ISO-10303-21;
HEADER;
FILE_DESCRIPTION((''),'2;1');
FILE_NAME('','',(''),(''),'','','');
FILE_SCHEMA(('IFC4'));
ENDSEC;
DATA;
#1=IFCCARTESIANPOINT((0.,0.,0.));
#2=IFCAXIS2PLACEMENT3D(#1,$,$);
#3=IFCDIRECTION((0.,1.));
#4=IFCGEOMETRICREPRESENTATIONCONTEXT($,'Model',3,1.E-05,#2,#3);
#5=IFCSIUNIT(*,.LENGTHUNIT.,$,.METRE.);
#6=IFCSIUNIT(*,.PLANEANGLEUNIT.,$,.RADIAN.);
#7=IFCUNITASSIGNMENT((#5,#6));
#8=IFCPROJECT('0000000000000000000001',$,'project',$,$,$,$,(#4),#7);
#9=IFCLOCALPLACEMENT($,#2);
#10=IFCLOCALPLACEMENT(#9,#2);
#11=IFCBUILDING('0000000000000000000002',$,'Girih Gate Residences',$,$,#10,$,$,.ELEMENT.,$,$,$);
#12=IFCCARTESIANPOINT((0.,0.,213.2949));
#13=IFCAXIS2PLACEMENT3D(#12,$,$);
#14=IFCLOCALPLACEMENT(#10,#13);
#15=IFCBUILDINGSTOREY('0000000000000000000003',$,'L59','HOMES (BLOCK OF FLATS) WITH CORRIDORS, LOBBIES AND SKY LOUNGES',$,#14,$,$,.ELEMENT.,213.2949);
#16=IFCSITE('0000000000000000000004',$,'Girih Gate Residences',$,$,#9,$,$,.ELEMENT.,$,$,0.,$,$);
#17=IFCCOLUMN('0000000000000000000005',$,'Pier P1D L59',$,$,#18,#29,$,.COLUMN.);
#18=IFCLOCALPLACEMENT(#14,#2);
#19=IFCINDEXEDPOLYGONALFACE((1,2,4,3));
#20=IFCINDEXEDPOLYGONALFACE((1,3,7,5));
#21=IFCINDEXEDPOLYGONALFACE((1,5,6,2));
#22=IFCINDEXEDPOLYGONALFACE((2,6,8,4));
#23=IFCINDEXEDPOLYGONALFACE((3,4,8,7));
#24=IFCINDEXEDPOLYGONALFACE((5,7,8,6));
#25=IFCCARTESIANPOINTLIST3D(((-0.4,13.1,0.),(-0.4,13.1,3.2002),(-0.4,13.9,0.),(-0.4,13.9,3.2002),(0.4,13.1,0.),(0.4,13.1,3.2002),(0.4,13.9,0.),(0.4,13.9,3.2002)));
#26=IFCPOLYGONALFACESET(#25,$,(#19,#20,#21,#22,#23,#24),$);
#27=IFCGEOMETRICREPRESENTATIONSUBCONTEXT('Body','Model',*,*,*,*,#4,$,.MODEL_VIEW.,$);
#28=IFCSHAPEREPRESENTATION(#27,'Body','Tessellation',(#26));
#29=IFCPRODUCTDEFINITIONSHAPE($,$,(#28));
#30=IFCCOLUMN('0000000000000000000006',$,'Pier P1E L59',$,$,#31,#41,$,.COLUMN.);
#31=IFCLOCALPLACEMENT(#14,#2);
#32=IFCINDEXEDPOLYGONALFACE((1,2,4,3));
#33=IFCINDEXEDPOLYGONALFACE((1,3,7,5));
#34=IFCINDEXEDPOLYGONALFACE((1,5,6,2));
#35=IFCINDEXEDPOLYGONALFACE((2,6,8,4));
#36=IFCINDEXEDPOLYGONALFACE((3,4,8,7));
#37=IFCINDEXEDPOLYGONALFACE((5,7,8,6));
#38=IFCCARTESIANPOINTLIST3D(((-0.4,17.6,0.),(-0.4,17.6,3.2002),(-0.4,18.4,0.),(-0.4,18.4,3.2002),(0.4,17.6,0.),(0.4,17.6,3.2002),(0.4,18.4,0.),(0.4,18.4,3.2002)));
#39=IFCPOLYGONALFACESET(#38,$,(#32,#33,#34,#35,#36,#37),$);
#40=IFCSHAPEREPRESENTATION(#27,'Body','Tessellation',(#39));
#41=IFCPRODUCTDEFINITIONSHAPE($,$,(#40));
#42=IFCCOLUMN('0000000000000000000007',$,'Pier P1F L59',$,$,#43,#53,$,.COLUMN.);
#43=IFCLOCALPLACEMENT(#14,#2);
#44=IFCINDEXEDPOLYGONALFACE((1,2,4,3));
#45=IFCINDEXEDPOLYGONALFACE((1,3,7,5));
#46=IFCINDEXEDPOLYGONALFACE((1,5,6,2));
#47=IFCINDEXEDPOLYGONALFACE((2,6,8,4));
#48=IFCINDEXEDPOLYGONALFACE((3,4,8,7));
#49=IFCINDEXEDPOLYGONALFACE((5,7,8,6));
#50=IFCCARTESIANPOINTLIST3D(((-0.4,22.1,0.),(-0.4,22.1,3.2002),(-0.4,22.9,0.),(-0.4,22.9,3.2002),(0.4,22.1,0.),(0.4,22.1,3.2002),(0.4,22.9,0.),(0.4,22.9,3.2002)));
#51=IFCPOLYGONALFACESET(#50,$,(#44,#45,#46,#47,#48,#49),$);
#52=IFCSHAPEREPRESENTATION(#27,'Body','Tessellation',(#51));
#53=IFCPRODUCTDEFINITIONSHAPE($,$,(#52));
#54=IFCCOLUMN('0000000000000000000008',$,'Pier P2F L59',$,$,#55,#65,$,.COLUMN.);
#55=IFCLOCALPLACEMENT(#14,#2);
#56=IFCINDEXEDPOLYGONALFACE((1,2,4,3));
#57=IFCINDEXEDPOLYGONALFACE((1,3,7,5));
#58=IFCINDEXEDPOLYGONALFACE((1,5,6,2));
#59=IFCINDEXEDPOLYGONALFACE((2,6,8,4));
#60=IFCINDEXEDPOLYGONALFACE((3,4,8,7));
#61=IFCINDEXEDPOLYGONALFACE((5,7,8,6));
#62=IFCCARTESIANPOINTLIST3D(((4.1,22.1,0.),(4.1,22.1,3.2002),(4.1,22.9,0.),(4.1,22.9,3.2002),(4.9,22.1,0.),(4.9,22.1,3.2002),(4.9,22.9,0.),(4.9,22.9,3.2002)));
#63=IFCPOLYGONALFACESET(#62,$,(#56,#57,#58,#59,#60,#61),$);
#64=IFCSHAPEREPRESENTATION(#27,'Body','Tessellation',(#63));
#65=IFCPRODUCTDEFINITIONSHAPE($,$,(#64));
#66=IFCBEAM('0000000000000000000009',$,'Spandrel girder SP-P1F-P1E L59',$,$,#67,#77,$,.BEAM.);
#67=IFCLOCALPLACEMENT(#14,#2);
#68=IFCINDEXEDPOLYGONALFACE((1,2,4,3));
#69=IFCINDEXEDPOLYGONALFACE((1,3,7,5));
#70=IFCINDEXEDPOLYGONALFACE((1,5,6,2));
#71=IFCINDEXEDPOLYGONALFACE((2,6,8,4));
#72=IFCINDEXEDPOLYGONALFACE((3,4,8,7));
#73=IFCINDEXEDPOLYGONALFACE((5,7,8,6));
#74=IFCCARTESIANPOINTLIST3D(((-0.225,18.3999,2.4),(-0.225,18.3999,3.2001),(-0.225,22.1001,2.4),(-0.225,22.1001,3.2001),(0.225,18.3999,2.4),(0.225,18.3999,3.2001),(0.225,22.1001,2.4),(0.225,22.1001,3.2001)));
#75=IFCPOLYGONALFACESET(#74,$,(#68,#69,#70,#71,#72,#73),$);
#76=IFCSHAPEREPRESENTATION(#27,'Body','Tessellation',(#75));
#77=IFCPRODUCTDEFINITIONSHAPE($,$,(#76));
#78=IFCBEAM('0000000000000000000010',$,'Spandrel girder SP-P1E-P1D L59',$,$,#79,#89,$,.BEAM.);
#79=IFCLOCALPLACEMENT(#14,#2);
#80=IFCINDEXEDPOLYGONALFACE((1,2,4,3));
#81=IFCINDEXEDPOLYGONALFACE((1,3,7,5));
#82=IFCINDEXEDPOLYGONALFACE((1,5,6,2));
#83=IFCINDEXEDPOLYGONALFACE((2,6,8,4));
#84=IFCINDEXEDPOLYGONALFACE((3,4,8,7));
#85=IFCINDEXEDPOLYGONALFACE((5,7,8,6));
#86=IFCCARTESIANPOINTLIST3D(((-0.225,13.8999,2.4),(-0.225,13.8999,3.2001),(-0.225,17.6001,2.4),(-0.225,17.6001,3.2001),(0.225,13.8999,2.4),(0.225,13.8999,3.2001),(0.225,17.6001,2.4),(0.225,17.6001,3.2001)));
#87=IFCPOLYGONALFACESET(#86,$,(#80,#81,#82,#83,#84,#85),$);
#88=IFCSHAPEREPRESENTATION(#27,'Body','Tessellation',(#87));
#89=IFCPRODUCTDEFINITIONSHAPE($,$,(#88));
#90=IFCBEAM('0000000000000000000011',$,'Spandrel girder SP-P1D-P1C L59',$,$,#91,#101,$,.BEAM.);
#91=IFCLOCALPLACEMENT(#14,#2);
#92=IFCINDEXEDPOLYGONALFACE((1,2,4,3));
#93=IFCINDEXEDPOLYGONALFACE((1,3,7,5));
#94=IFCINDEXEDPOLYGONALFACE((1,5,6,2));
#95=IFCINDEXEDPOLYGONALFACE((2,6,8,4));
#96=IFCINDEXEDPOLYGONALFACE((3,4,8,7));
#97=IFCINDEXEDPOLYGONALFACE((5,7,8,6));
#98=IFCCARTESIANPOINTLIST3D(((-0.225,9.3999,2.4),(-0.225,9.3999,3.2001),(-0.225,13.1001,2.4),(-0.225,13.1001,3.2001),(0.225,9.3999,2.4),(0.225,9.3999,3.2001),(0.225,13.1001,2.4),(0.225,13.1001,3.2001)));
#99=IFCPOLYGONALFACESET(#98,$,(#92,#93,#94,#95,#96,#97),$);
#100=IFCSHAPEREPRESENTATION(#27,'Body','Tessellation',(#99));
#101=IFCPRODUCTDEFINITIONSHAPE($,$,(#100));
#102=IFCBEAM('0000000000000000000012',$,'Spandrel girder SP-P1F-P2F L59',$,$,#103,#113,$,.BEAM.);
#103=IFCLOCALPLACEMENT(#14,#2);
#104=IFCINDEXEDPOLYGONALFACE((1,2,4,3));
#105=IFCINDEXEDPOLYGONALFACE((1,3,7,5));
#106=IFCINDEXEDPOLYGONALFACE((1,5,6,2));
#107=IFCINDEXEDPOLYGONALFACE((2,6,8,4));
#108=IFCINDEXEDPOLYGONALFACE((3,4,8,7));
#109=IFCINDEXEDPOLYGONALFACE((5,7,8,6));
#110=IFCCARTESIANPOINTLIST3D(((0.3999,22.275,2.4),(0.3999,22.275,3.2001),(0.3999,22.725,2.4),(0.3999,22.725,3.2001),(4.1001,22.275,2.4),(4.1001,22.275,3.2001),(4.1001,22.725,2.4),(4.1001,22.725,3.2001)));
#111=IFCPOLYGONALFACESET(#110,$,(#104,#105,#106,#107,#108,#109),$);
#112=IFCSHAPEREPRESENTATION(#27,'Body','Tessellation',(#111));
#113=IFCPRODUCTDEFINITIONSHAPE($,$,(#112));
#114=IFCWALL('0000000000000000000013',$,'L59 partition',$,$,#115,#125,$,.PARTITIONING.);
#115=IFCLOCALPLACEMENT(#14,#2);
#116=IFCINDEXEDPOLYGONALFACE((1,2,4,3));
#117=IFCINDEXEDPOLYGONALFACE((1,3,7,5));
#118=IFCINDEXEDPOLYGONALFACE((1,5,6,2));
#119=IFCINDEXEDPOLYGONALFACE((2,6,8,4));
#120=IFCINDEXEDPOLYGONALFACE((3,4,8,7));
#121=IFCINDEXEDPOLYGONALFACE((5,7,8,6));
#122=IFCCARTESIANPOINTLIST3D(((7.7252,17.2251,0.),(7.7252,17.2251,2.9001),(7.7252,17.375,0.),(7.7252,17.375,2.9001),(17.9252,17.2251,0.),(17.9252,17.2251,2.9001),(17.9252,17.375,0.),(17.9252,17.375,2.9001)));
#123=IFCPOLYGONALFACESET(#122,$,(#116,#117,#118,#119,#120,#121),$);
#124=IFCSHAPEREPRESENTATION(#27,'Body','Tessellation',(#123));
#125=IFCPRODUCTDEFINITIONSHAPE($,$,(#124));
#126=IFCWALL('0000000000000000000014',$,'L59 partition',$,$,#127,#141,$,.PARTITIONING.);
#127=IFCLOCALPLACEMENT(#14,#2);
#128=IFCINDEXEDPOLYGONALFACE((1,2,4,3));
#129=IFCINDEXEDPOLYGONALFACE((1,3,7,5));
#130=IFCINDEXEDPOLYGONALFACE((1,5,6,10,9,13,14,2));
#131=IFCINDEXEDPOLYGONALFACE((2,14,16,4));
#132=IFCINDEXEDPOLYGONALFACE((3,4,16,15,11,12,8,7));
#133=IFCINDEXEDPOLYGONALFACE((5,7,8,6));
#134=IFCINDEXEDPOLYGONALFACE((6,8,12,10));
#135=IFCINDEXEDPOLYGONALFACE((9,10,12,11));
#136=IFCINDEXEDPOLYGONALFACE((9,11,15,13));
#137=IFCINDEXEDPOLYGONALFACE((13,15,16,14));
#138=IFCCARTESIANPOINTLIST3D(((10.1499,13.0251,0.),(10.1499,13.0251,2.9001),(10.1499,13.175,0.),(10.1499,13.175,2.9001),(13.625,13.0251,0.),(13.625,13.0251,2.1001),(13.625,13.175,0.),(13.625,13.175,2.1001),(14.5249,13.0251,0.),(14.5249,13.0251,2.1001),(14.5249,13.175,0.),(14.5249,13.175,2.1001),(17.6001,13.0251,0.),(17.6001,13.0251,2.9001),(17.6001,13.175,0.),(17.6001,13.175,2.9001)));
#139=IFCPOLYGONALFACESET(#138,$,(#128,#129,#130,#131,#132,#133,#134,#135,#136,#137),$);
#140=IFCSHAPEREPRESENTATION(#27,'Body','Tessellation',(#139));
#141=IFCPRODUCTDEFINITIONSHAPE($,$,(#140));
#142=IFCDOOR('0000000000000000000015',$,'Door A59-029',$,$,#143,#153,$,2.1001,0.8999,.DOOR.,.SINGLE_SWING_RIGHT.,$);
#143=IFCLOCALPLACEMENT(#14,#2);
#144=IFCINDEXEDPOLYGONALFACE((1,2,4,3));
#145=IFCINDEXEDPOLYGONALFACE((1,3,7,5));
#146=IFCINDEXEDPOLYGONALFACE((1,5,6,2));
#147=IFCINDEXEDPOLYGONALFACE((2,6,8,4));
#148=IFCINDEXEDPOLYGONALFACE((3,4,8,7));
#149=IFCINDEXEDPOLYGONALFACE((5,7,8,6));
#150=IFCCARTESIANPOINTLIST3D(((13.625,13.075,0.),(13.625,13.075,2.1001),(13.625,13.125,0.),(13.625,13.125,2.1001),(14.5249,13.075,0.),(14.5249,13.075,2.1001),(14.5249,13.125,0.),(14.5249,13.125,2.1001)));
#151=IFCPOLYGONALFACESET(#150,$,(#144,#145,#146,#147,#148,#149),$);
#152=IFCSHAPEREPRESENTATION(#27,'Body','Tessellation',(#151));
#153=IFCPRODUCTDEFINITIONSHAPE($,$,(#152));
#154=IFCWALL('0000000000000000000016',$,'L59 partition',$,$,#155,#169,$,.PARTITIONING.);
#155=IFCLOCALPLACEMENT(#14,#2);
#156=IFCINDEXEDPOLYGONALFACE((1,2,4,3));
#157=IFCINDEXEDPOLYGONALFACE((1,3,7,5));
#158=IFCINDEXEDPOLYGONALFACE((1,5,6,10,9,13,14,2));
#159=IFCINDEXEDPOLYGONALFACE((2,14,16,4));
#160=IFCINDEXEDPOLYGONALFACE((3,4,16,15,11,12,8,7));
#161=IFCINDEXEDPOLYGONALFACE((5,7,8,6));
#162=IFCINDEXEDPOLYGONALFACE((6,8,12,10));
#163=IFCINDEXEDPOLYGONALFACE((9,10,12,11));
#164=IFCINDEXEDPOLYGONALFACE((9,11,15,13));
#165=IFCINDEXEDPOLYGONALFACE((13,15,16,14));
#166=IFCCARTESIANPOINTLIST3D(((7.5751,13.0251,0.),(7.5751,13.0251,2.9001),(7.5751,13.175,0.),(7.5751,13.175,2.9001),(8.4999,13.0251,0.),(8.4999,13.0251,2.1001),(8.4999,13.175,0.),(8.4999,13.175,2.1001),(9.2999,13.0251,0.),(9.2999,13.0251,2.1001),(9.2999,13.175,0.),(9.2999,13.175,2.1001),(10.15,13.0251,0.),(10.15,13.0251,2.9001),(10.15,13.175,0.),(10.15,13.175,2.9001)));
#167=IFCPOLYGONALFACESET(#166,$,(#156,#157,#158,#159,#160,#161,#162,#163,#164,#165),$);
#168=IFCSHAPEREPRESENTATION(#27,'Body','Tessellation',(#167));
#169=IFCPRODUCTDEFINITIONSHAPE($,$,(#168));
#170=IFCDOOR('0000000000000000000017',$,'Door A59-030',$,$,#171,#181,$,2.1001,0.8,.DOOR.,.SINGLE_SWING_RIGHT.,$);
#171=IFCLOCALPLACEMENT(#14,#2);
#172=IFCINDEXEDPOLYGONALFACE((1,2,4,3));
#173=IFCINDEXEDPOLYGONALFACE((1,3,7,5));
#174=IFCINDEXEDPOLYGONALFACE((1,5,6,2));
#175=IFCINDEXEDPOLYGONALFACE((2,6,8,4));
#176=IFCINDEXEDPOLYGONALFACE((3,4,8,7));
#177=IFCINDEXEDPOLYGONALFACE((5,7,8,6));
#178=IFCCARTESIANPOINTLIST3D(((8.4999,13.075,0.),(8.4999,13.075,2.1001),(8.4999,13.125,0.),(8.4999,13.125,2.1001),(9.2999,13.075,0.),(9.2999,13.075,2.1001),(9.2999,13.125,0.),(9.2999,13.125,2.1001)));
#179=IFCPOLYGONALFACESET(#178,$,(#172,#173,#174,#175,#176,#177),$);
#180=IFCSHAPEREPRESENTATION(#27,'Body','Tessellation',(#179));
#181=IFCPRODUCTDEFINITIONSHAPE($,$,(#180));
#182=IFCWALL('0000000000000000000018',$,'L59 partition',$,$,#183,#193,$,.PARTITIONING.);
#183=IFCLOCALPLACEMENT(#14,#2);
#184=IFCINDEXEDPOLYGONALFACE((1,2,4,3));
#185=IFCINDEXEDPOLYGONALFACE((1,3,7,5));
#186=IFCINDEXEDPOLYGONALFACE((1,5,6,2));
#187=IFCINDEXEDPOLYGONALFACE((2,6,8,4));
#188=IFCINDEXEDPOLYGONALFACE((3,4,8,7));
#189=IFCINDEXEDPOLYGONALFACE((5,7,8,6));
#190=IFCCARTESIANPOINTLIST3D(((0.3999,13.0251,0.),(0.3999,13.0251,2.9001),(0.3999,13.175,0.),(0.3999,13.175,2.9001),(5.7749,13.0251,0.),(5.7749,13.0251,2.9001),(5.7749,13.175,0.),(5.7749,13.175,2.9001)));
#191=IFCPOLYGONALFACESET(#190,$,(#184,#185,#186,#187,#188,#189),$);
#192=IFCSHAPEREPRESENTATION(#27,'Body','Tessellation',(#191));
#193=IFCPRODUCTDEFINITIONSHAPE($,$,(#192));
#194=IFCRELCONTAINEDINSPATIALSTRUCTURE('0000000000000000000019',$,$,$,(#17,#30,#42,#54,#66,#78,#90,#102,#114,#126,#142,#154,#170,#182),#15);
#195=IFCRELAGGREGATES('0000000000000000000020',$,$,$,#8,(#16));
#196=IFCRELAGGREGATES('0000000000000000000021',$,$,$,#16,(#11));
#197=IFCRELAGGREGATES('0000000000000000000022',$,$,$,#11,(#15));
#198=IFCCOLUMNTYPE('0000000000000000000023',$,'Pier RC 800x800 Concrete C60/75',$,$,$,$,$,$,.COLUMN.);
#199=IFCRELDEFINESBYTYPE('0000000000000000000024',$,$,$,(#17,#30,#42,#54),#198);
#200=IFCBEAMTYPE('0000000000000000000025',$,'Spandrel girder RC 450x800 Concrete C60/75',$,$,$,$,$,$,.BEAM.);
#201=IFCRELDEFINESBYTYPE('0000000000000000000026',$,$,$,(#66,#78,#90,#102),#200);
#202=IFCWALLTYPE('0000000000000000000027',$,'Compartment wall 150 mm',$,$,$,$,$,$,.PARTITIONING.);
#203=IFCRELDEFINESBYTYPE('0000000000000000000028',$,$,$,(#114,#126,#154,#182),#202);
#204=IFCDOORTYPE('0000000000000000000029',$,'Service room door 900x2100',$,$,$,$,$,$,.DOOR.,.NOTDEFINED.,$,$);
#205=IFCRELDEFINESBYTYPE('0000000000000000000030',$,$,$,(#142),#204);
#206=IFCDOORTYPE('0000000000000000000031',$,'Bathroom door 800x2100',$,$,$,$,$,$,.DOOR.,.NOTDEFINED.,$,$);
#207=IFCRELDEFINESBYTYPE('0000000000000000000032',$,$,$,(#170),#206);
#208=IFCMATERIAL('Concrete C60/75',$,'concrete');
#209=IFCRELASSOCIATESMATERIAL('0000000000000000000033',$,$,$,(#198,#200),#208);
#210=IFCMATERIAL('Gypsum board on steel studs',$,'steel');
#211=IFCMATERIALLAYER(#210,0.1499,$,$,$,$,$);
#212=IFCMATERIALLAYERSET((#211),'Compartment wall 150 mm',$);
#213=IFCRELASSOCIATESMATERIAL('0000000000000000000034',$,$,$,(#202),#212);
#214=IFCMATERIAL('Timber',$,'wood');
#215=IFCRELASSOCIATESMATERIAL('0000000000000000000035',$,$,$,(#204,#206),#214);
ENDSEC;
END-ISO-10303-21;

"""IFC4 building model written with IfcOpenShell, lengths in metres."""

from ifc_helpers import new_model, si_unit, direction, frame, frame_2d, origin, origin_2d, place, context, subcontext, project, spatial, rectangle, extrude, material, layer, layer_set, material_profile, profile_set, type_object, element, fill, save


model = new_model("IFC4")

# Units and contexts
model_context = context("Model", 3, precision=1e-05, world=origin(), true_north=direction((0.0, 1.0)))
body_context = subcontext(model_context, "Body", "Model", "MODEL_VIEW")
ifc_project = project(units=[si_unit("LENGTHUNIT", "METRE"), si_unit("PLANEANGLEUNIT", "RADIAN")], contexts=[model_context])

# Site, building, storey
site_placement = place(None, origin())
site = spatial("IfcSite", under=ifc_project, at=site_placement, Name="Girih Gate Residences", CompositionType="ELEMENT", RefElevation=0.0)
building_placement = place(site_placement, origin())
building = spatial("IfcBuilding", under=site, at=building_placement, Name="Girih Gate Residences", CompositionType="ELEMENT")
storey_placement = place(building_placement, frame((0.0, 0.0, 213.2949)))
storey = spatial("IfcBuildingStorey", under=building, at=storey_placement, Name="L59", Description="HOMES (BLOCK OF FLATS) WITH CORRIDORS, LOBBIES AND SKY LOUNGES", CompositionType="ELEMENT", Elevation=213.2949)

# Columns
ifc_material_1 = material(Name="Concrete C60/75", Category="concrete")
ifc_material_profile_1 = material_profile(ifc_material_1, rectangle(XDim=0.8, YDim=0.8, at=origin_2d()))
ifc_profile_set_1 = profile_set([ifc_material_profile_1], Name="Concrete C60/75")
column_type = type_object("IfcColumnType", Name="Pier RC 800x800 Concrete C60/75", PredefinedType="COLUMN", material=ifc_profile_set_1)
for number, where, z_axis, x_axis, name in (
    (1, (0.0, 13.5, 0.0), (0.0, 0.0, 1.0), (1.0, 0.0, 0.0), "Pier P1D L59"),
    (2, (0.0, 18.0, 0.0), (0.0, 0.0, 1.0), (1.0, 0.0, 0.0), "Pier P1E L59"),
    (3, (0.0, 22.5, 0.0), (0.0, 0.0, 1.0), (1.0, 0.0, 0.0), "Pier P1F L59"),
    (4, (4.5, 22.5, 0.0), (0.0, 0.0, 1.0), (1.0, 0.0, 0.0), "Pier P2F L59"),
):
    element("IfcColumn", number, at=place(storey_placement, frame(where, z_axis=z_axis, x_axis=x_axis)), inside=storey, type_object=column_type, Name=name, PredefinedType="COLUMN", context=body_context, shape_type="SweptSolid", body=[
        extrude(rectangle(XDim=0.8, YDim=0.8, at=origin_2d()), origin(), (0.0, 0.0, 1.0), 3.2002),
    ])

# Beams
ifc_material_profile_2 = material_profile(ifc_material_1, rectangle(XDim=0.45, YDim=0.8, at=origin_2d()))
ifc_profile_set_2 = profile_set([ifc_material_profile_2], Name="Concrete C60/75")
beam_type = type_object("IfcBeamType", Name="Spandrel girder RC 450x800 Concrete C60/75", PredefinedType="BEAM", material=ifc_profile_set_2)
for number, where, z_axis, x_axis, name in (
    (5, (0.0, 22.1001, 2.8), (0.0, -1.0, 0.0), (1.0, 0.0, 0.0), "Spandrel girder SP-P1F-P1E L59"),
    (6, (0.0, 17.6001, 2.8), (0.0, -1.0, 0.0), (1.0, 0.0, 0.0), "Spandrel girder SP-P1E-P1D L59"),
    (7, (0.0, 13.1001, 2.8), (0.0, -1.0, 0.0), (1.0, 0.0, 0.0), "Spandrel girder SP-P1D-P1C L59"),
    (8, (0.3999, 22.5, 2.8), (1.0, 0.0, 0.0), (0.0, 1.0, 0.0), "Spandrel girder SP-P1F-P2F L59"),
):
    element("IfcBeam", number, at=place(storey_placement, frame(where, z_axis=z_axis, x_axis=x_axis)), inside=storey, type_object=beam_type, Name=name, PredefinedType="BEAM", context=body_context, shape_type="SweptSolid", body=[
        extrude(rectangle(XDim=0.45, YDim=0.8, at=origin_2d()), origin(), (0.0, 0.0, 1.0), 3.7002),
    ])

# Wall
ifc_material_2 = material(Name="Gypsum board on steel studs", Category="steel")
ifc_layer_1 = layer(ifc_material_2, 0.1499)
ifc_layer_set_1 = layer_set([ifc_layer_1], Name="Compartment wall 150 mm")
wall_type_1 = type_object("IfcWallType", Name="Compartment wall 150 mm", PredefinedType="PARTITIONING", material=ifc_layer_set_1)
wall_1_placement = place(storey_placement, frame((7.7251, 17.3, 0.0), z_axis=(0.0, 0.0, 1.0), x_axis=(1.0, 0.0, 0.0)))
element("IfcWall", 9, at=wall_1_placement, inside=storey, type_object=wall_type_1, Name="L59 partition", PredefinedType="PARTITIONING", context=body_context, shape_type="SweptSolid", body=[
    extrude(rectangle(XDim=10.2, YDim=0.1499, at=frame_2d((5.1001, 0.0))), origin(), (0.0, 0.0, 1.0), 2.9001),
])

# Walls, openings, doors
wall_2_placement = place(storey_placement, frame((10.1499, 13.1001, 0.0), z_axis=(0.0, 0.0, 1.0), x_axis=(1.0, 0.0, 0.0)))
wall_2 = element("IfcWall", 10, at=wall_2_placement, inside=storey, type_object=wall_type_1, Name="L59 partition", PredefinedType="PARTITIONING", context=body_context, shape_type="SweptSolid", body=[
    extrude(rectangle(XDim=7.4502, YDim=0.1499, at=frame_2d((3.7251, 0.0))), origin(), (0.0, 0.0, 1.0), 2.9001),
])
opening_1_placement = place(wall_2_placement, frame((3.4751, 0.0, 0.0)))
opening_1 = element("IfcOpeningElement", 11, at=opening_1_placement, cuts=wall_2, PredefinedType="OPENING", context=body_context, shape_type="SweptSolid", body=[
    extrude(rectangle(XDim=0.8999, YDim=2.1001, at=frame_2d((0.45, 1.05))), frame((0.0, 0.085, 0.0), z_axis=(0.0, -1.0, 0.0), x_axis=(1.0, 0.0, 0.0)), (0.0, 0.0, 1.0), 0.1699),
])
ifc_material_3 = material(Name="Timber", Category="wood")
door_type_1 = type_object("IfcDoorType", Name="Service room door 900x2100", OperationType="NOTDEFINED", PredefinedType="DOOR", material=ifc_material_3)
door_1_placement = place(opening_1_placement, origin())
door_1 = element("IfcDoor", 12, at=door_1_placement, inside=storey, type_object=door_type_1, Name="Door A59-029", OperationType="SINGLE_SWING_RIGHT", OverallHeight=2.1001, OverallWidth=0.8999, PredefinedType="DOOR", context=body_context, shape_type="SweptSolid", body=[
    extrude(rectangle(XDim=0.8999, YDim=2.1001, at=frame_2d((0.45, 1.05))), frame((0.0, 0.0249, 0.0), z_axis=(0.0, -1.0, 0.0), x_axis=(1.0, 0.0, 0.0)), (0.0, 0.0, 1.0), 0.05),
])
fill(opening_1, door_1)
wall_3_placement = place(storey_placement, frame((7.575, 13.1001, 0.0), z_axis=(0.0, 0.0, 1.0), x_axis=(1.0, 0.0, 0.0)))
wall_3 = element("IfcWall", 13, at=wall_3_placement, inside=storey, type_object=wall_type_1, Name="L59 partition", PredefinedType="PARTITIONING", context=body_context, shape_type="SweptSolid", body=[
    extrude(rectangle(XDim=2.575, YDim=0.1499, at=frame_2d((1.2876, 0.0))), origin(), (0.0, 0.0, 1.0), 2.9001),
])
opening_2_placement = place(wall_3_placement, frame((0.925, 0.0, 0.0)))
opening_2 = element("IfcOpeningElement", 14, at=opening_2_placement, cuts=wall_3, PredefinedType="OPENING", context=body_context, shape_type="SweptSolid", body=[
    extrude(rectangle(XDim=0.8, YDim=2.1001, at=frame_2d((0.3999, 1.05))), frame((0.0, 0.085, 0.0), z_axis=(0.0, -1.0, 0.0), x_axis=(1.0, 0.0, 0.0)), (0.0, 0.0, 1.0), 0.1699),
])
door_type_2 = type_object("IfcDoorType", Name="Bathroom door 800x2100", OperationType="NOTDEFINED", PredefinedType="DOOR", material=ifc_material_3)
door_2_placement = place(opening_2_placement, origin())
door_2 = element("IfcDoor", 15, at=door_2_placement, inside=storey, type_object=door_type_2, Name="Door A59-030", OperationType="SINGLE_SWING_RIGHT", OverallHeight=2.1001, OverallWidth=0.8, PredefinedType="DOOR", context=body_context, shape_type="SweptSolid", body=[
    extrude(rectangle(XDim=0.8, YDim=2.1001, at=frame_2d((0.3999, 1.05))), frame((0.0, 0.0249, 0.0), z_axis=(0.0, -1.0, 0.0), x_axis=(1.0, 0.0, 0.0)), (0.0, 0.0, 1.0), 0.05),
])
fill(opening_2, door_2)

# Wall
wall_4_placement = place(storey_placement, frame((0.3999, 13.1001, 0.0), z_axis=(0.0, 0.0, 1.0), x_axis=(1.0, 0.0, 0.0)))
element("IfcWall", 16, at=wall_4_placement, inside=storey, type_object=wall_type_1, Name="L59 partition", PredefinedType="PARTITIONING", context=body_context, shape_type="SweptSolid", body=[
    extrude(rectangle(XDim=5.375, YDim=0.1499, at=frame_2d((2.6875, 0.0))), origin(), (0.0, 0.0, 1.0), 2.9001),
])

save(model, "model.ifc")
